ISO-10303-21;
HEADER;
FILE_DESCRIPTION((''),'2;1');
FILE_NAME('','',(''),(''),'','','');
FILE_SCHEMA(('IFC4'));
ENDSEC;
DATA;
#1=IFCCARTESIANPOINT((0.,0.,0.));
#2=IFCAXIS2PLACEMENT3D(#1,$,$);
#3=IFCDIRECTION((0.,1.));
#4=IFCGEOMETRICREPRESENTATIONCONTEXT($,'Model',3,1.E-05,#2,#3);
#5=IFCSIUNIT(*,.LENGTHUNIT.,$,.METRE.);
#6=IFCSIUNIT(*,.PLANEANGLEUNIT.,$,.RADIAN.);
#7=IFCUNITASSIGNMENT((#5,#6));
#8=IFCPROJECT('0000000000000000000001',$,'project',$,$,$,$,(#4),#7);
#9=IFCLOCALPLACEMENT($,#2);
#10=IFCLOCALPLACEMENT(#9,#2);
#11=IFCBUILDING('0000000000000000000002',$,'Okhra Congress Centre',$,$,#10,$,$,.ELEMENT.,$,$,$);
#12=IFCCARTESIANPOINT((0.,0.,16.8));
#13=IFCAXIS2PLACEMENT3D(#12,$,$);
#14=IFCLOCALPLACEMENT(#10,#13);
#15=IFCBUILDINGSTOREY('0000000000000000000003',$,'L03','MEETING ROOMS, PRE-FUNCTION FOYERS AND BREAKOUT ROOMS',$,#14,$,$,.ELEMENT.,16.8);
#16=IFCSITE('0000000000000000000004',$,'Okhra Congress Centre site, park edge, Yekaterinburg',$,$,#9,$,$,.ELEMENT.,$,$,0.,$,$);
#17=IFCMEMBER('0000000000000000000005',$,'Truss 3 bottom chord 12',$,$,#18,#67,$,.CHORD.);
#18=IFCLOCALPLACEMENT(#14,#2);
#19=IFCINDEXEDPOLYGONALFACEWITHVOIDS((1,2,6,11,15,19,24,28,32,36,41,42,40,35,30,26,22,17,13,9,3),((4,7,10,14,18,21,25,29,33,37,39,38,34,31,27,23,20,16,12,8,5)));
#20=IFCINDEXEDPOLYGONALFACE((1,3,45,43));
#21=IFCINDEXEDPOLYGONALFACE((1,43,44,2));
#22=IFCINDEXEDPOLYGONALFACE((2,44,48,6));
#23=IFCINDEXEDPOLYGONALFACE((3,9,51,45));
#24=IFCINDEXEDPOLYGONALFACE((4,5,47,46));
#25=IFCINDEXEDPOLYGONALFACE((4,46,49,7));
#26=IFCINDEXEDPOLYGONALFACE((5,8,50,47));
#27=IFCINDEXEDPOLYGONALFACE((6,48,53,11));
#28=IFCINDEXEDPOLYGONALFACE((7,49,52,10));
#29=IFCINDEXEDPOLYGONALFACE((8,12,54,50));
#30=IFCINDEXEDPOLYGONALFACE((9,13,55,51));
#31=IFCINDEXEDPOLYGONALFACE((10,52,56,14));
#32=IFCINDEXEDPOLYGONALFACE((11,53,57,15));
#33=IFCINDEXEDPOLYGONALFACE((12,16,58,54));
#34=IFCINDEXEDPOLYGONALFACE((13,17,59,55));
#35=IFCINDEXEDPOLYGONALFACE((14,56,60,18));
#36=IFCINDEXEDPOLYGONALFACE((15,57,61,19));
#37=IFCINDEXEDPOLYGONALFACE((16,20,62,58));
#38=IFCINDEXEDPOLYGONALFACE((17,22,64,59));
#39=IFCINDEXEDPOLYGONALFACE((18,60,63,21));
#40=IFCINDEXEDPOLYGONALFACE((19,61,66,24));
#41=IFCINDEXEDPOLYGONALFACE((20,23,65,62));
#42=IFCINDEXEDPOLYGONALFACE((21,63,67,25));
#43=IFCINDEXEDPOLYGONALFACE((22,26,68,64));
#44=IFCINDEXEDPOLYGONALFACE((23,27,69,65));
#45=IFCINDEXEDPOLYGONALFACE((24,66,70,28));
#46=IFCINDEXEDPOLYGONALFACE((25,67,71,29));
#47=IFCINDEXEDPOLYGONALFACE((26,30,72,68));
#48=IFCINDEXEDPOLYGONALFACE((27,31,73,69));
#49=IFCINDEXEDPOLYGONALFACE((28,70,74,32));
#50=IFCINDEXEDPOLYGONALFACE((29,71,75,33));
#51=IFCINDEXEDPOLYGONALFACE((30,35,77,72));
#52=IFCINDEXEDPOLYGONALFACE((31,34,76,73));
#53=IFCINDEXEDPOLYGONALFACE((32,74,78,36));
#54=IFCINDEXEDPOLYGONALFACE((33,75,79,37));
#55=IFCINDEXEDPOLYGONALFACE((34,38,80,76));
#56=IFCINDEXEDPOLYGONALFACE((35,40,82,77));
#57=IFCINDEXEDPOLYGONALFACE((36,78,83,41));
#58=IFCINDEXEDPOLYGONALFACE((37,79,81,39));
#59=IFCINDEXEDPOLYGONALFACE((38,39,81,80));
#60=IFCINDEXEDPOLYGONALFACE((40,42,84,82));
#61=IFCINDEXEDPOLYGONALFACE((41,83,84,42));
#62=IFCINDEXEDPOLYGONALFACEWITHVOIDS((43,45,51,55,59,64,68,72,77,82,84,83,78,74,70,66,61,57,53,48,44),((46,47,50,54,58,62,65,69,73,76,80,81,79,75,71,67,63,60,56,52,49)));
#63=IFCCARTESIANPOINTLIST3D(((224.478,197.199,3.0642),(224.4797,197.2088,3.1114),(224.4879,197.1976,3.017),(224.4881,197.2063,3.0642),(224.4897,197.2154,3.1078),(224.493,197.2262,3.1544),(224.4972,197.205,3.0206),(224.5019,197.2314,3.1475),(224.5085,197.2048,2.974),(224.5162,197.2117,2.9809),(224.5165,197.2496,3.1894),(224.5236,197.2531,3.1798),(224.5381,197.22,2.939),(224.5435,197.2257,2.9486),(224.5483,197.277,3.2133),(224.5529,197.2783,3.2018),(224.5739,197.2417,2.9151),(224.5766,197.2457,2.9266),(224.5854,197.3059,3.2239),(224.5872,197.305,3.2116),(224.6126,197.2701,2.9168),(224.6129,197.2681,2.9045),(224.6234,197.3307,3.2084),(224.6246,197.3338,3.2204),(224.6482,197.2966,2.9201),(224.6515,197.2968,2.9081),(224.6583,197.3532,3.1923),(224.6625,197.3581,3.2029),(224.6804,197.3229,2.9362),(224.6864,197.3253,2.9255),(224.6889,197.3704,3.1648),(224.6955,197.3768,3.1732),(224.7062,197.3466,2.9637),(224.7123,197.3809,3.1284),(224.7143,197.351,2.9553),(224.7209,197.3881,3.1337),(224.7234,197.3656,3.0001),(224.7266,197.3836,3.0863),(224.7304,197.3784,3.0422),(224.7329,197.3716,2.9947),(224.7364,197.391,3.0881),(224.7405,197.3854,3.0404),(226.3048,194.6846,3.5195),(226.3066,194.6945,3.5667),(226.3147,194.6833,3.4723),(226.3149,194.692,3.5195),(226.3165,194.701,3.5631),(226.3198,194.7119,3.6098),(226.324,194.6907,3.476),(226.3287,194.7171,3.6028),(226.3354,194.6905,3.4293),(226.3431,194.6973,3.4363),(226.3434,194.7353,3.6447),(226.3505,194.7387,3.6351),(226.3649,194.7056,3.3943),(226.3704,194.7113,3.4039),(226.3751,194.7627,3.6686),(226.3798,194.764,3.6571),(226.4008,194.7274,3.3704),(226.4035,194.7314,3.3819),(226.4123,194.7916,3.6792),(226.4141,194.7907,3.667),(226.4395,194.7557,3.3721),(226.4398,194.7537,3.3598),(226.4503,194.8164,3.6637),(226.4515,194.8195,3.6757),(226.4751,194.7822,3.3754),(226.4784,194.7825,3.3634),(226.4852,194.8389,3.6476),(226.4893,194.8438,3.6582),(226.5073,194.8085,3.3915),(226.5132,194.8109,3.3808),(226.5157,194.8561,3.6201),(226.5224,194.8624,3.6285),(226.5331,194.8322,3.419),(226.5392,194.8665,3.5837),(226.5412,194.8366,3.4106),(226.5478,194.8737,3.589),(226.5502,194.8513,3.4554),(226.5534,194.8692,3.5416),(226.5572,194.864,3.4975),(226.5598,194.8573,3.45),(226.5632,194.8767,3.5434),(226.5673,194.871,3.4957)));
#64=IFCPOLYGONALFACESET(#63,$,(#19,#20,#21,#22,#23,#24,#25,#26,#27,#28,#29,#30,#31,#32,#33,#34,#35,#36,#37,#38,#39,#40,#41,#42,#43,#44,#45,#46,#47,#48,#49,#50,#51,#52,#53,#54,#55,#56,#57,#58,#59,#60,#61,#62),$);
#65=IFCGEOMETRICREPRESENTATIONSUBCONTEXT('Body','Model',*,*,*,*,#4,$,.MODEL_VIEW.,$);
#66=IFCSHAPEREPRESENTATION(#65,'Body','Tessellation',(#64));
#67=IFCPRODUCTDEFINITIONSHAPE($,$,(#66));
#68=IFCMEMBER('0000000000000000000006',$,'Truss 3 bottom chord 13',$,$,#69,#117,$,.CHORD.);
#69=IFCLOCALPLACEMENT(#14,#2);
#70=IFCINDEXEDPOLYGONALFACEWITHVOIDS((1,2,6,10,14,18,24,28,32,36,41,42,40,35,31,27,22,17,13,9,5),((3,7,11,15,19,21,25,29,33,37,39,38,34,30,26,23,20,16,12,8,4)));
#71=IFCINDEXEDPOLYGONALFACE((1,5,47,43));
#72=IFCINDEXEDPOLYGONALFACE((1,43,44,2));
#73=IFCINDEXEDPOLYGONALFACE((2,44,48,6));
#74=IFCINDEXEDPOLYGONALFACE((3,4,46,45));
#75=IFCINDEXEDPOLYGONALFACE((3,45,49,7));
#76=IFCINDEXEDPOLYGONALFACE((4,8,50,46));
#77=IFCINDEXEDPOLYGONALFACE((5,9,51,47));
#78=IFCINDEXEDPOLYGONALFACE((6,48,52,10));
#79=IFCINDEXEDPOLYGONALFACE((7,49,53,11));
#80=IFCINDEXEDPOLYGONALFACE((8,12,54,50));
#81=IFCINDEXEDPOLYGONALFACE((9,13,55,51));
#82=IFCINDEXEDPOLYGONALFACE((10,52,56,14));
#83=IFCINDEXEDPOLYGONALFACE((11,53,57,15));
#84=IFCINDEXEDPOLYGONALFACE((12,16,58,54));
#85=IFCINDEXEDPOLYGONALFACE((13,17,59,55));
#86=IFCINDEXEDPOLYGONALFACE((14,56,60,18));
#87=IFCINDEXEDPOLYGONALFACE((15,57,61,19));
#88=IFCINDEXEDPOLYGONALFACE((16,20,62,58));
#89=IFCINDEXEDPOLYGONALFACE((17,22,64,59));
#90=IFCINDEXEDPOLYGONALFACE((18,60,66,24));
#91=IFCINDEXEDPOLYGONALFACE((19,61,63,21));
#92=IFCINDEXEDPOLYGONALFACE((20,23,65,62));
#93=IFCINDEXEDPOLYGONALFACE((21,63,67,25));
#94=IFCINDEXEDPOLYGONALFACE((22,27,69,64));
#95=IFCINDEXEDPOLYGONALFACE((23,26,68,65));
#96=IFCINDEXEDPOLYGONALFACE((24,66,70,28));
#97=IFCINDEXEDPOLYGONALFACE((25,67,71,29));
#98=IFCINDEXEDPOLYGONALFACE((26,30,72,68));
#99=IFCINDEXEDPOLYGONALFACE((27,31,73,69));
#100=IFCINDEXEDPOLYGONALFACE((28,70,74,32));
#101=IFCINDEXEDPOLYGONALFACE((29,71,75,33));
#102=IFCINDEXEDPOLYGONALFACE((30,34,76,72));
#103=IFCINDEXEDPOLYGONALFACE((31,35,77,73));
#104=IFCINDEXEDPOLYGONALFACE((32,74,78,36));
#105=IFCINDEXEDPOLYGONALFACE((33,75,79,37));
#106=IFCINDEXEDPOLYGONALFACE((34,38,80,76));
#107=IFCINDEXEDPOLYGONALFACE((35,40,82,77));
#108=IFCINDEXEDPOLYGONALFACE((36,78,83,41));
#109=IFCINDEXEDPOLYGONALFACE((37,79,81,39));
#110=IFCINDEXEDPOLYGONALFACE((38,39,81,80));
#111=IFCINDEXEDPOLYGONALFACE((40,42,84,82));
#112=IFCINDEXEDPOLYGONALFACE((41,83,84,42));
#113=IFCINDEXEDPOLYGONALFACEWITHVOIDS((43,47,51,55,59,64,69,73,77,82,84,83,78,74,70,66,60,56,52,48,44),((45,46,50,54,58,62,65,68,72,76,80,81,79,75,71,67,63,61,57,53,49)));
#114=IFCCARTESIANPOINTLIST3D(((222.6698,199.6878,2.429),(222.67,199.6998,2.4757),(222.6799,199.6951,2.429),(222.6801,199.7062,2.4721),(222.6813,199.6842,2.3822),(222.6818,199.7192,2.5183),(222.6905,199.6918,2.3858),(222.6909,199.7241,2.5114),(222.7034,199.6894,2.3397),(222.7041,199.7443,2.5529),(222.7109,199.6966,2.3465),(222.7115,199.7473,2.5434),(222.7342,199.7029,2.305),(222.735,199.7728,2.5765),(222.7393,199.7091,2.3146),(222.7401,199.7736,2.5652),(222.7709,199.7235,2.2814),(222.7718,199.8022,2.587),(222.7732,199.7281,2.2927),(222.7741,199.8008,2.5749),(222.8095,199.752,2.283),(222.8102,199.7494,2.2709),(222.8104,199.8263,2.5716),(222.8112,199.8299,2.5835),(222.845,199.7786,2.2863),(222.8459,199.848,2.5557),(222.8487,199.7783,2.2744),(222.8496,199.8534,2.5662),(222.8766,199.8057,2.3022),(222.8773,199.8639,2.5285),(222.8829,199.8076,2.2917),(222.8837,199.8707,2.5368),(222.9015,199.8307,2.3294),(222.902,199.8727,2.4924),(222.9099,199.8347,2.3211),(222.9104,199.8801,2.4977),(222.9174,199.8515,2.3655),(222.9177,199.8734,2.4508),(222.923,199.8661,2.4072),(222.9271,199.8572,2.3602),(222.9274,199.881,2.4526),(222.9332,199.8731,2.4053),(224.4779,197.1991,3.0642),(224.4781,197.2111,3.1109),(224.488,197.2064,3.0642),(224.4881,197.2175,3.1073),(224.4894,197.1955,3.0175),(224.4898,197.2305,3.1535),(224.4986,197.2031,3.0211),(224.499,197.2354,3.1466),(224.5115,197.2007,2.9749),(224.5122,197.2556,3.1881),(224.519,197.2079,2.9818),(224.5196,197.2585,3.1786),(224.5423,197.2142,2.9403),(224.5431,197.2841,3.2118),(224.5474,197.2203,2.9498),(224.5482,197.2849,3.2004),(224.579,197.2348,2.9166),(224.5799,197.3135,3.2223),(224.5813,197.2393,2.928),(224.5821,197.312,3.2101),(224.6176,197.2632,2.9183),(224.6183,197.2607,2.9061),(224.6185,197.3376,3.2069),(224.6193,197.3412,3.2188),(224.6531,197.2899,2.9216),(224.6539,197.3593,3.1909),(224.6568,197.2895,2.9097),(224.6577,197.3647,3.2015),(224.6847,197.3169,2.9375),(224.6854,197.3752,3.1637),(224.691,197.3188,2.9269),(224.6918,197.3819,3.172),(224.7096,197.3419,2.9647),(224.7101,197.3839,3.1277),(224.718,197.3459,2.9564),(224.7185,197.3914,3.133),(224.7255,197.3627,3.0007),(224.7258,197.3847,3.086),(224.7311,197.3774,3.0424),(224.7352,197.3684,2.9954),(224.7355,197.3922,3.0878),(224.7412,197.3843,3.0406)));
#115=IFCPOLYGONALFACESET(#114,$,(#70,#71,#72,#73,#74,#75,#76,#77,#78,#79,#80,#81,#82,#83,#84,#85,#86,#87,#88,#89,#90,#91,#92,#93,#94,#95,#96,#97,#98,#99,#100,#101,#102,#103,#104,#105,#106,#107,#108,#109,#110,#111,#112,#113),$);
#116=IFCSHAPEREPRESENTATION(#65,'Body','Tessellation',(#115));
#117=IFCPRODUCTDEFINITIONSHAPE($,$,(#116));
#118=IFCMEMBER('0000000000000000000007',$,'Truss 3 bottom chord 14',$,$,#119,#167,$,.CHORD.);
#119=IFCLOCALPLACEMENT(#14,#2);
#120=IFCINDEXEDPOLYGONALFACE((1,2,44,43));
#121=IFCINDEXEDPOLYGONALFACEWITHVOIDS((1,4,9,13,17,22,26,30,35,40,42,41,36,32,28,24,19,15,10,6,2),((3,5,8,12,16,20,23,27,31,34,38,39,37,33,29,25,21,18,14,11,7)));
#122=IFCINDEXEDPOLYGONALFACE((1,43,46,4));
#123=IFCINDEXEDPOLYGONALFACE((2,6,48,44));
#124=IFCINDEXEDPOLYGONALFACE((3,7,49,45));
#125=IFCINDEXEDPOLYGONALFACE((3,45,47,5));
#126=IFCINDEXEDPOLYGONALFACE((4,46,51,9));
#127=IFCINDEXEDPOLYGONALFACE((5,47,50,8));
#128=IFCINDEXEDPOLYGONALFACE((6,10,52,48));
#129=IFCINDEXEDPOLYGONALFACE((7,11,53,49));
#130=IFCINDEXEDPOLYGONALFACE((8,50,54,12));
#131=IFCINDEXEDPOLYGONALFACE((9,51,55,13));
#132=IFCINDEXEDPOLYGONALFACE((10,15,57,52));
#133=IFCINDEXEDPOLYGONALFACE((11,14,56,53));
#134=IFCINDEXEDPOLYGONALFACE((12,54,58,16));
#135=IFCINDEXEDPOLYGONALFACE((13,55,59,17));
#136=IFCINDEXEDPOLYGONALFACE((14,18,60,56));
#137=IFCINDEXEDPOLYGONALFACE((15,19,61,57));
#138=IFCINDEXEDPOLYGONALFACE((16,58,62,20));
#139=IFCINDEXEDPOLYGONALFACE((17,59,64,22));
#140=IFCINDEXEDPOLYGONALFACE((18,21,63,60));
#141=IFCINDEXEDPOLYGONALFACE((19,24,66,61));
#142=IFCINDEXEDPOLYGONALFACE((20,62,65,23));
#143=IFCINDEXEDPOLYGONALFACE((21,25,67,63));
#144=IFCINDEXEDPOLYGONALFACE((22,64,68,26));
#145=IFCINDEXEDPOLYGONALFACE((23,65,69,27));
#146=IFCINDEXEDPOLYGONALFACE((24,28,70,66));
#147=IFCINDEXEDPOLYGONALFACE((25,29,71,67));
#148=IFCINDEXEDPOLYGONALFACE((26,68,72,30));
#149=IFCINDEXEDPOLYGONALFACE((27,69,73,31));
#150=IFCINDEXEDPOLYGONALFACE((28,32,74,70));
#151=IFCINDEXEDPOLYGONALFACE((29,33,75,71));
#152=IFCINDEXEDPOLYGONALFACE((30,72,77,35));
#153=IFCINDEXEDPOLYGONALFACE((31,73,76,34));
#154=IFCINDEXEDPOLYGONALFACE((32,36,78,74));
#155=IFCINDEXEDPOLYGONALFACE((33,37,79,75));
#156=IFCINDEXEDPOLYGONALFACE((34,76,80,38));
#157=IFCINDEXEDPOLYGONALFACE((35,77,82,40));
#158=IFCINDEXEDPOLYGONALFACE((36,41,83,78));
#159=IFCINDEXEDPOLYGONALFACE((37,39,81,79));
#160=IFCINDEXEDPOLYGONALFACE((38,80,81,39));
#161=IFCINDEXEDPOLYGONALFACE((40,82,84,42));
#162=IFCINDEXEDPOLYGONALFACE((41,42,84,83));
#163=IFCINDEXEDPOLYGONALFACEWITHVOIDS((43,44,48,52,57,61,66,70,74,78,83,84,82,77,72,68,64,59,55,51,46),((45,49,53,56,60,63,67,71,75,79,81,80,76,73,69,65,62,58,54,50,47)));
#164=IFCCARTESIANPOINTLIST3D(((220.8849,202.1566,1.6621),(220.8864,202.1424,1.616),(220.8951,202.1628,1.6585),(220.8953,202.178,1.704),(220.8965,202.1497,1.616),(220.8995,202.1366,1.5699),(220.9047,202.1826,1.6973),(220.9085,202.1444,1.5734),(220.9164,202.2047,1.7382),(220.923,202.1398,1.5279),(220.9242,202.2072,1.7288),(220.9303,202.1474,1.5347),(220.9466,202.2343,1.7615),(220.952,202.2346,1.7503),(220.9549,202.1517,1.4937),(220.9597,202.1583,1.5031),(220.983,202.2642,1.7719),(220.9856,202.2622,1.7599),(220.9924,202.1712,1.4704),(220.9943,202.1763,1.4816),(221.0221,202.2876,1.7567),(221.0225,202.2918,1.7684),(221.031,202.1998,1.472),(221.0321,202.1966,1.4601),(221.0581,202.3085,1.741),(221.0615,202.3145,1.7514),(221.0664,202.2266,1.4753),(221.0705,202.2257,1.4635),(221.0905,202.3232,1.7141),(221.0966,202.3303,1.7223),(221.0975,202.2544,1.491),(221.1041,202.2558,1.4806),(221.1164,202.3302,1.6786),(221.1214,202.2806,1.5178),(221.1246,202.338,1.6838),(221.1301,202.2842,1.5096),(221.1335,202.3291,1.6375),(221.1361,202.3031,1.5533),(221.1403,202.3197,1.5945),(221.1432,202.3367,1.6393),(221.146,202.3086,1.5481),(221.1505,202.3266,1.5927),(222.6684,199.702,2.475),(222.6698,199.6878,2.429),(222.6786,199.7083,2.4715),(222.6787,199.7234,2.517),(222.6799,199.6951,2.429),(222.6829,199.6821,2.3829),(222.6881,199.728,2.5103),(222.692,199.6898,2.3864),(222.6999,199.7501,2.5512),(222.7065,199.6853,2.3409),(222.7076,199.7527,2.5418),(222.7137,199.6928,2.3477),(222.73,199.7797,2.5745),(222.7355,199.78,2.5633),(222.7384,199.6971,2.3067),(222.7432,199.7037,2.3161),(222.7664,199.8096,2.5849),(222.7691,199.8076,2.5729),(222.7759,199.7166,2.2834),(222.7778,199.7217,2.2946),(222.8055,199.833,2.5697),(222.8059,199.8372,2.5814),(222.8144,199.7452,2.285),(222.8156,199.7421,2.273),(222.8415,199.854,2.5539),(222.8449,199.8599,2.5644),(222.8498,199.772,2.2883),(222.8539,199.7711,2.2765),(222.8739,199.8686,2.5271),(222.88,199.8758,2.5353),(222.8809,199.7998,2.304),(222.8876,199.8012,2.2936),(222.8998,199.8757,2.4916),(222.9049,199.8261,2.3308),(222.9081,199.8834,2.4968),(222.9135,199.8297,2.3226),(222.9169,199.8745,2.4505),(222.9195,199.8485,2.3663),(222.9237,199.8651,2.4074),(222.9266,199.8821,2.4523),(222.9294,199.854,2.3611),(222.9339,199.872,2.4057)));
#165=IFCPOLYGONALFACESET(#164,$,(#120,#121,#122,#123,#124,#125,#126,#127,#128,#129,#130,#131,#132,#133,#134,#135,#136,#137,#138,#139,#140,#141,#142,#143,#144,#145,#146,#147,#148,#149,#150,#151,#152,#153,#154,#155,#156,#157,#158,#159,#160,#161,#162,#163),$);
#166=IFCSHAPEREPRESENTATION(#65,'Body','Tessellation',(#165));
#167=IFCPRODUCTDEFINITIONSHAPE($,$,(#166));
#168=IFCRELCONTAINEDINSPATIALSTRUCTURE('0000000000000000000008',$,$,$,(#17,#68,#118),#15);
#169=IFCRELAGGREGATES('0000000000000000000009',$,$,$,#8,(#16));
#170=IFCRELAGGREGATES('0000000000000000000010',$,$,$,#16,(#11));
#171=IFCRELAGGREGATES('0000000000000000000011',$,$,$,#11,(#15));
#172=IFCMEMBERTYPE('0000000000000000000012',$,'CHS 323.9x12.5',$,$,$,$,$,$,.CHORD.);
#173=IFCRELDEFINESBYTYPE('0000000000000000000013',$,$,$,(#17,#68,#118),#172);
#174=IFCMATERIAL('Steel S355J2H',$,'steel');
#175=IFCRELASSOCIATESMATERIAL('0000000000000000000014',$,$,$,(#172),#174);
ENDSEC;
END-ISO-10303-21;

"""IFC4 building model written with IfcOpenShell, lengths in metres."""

from ifc_helpers import new_model, si_unit, direction, frame, origin, origin_2d, place, context, subcontext, project, spatial, hollow_circle, extrude, material, material_profile, profile_set, type_object, element, save


model = new_model("IFC4")

# Units and contexts
model_context = context("Model", 3, precision=1e-05, world=origin(), true_north=direction((0.0, 1.0)))
body_context = subcontext(model_context, "Body", "Model", "MODEL_VIEW")
ifc_project = project(units=[si_unit("LENGTHUNIT", "METRE"), si_unit("PLANEANGLEUNIT", "RADIAN")], contexts=[model_context])

# Site, building, storey
site_placement = place(None, origin())
site = spatial("IfcSite", under=ifc_project, at=site_placement, Name="Okhra Congress Centre site, park edge, Yekaterinburg", CompositionType="ELEMENT", RefElevation=0.0)
building_placement = place(site_placement, origin())
building = spatial("IfcBuilding", under=site, at=building_placement, Name="Okhra Congress Centre", CompositionType="ELEMENT")
storey_placement = place(building_placement, frame((0.0, 0.0, 16.8)))
storey = spatial("IfcBuildingStorey", under=building, at=storey_placement, Name="L03", Description="MEETING ROOMS, PRE-FUNCTION FOYERS AND BREAKOUT ROOMS", CompositionType="ELEMENT", Elevation=16.8)

# Members
ifc_material_1 = material(Name="Steel S355J2H", Category="steel")
ifc_material_profile_1 = material_profile(ifc_material_1, hollow_circle(Radius=0.1619, WallThickness=0.0125, at=origin_2d()), Name="CHS 323.9x12.5")
ifc_profile_set_1 = profile_set([ifc_material_profile_1], Name="Steel S355J2H")
member_type_1 = type_object("IfcMemberType", Name="CHS 323.9x12.5", PredefinedType="CHORD", material=ifc_profile_set_1)
for number, where, z_axis, x_axis, name in (
    (1, (226.4358, 194.7798, 3.5195), (-0.581595, 0.80046, -0.144952), (-0.809004, -0.587803, 0.0), "Truss 3 bottom chord 12"),
    (2, (224.6089, 197.2942, 3.0642), (-0.575621, 0.792314, -0.202237), (-0.809031, -0.587766, 0.0), "Truss 3 bottom chord 13"),
    (3, (222.8008, 199.783, 2.429), (-0.567774, 0.781437, -0.258821), (-0.809004, -0.587803, 0.0), "Truss 3 bottom chord 14"),
):
    element("IfcMember", number, at=place(storey_placement, frame(where, z_axis=z_axis, x_axis=x_axis)), inside=storey, type_object=member_type_1, Name=name, PredefinedType="CHORD", context=body_context, shape_type="SweptSolid", body=[
        extrude(hollow_circle(Radius=0.1619, WallThickness=0.0125, at=origin_2d()), origin(), (0.0, 0.0, 1.0), 3.1411),
    ])

save(model, "model.ifc")
